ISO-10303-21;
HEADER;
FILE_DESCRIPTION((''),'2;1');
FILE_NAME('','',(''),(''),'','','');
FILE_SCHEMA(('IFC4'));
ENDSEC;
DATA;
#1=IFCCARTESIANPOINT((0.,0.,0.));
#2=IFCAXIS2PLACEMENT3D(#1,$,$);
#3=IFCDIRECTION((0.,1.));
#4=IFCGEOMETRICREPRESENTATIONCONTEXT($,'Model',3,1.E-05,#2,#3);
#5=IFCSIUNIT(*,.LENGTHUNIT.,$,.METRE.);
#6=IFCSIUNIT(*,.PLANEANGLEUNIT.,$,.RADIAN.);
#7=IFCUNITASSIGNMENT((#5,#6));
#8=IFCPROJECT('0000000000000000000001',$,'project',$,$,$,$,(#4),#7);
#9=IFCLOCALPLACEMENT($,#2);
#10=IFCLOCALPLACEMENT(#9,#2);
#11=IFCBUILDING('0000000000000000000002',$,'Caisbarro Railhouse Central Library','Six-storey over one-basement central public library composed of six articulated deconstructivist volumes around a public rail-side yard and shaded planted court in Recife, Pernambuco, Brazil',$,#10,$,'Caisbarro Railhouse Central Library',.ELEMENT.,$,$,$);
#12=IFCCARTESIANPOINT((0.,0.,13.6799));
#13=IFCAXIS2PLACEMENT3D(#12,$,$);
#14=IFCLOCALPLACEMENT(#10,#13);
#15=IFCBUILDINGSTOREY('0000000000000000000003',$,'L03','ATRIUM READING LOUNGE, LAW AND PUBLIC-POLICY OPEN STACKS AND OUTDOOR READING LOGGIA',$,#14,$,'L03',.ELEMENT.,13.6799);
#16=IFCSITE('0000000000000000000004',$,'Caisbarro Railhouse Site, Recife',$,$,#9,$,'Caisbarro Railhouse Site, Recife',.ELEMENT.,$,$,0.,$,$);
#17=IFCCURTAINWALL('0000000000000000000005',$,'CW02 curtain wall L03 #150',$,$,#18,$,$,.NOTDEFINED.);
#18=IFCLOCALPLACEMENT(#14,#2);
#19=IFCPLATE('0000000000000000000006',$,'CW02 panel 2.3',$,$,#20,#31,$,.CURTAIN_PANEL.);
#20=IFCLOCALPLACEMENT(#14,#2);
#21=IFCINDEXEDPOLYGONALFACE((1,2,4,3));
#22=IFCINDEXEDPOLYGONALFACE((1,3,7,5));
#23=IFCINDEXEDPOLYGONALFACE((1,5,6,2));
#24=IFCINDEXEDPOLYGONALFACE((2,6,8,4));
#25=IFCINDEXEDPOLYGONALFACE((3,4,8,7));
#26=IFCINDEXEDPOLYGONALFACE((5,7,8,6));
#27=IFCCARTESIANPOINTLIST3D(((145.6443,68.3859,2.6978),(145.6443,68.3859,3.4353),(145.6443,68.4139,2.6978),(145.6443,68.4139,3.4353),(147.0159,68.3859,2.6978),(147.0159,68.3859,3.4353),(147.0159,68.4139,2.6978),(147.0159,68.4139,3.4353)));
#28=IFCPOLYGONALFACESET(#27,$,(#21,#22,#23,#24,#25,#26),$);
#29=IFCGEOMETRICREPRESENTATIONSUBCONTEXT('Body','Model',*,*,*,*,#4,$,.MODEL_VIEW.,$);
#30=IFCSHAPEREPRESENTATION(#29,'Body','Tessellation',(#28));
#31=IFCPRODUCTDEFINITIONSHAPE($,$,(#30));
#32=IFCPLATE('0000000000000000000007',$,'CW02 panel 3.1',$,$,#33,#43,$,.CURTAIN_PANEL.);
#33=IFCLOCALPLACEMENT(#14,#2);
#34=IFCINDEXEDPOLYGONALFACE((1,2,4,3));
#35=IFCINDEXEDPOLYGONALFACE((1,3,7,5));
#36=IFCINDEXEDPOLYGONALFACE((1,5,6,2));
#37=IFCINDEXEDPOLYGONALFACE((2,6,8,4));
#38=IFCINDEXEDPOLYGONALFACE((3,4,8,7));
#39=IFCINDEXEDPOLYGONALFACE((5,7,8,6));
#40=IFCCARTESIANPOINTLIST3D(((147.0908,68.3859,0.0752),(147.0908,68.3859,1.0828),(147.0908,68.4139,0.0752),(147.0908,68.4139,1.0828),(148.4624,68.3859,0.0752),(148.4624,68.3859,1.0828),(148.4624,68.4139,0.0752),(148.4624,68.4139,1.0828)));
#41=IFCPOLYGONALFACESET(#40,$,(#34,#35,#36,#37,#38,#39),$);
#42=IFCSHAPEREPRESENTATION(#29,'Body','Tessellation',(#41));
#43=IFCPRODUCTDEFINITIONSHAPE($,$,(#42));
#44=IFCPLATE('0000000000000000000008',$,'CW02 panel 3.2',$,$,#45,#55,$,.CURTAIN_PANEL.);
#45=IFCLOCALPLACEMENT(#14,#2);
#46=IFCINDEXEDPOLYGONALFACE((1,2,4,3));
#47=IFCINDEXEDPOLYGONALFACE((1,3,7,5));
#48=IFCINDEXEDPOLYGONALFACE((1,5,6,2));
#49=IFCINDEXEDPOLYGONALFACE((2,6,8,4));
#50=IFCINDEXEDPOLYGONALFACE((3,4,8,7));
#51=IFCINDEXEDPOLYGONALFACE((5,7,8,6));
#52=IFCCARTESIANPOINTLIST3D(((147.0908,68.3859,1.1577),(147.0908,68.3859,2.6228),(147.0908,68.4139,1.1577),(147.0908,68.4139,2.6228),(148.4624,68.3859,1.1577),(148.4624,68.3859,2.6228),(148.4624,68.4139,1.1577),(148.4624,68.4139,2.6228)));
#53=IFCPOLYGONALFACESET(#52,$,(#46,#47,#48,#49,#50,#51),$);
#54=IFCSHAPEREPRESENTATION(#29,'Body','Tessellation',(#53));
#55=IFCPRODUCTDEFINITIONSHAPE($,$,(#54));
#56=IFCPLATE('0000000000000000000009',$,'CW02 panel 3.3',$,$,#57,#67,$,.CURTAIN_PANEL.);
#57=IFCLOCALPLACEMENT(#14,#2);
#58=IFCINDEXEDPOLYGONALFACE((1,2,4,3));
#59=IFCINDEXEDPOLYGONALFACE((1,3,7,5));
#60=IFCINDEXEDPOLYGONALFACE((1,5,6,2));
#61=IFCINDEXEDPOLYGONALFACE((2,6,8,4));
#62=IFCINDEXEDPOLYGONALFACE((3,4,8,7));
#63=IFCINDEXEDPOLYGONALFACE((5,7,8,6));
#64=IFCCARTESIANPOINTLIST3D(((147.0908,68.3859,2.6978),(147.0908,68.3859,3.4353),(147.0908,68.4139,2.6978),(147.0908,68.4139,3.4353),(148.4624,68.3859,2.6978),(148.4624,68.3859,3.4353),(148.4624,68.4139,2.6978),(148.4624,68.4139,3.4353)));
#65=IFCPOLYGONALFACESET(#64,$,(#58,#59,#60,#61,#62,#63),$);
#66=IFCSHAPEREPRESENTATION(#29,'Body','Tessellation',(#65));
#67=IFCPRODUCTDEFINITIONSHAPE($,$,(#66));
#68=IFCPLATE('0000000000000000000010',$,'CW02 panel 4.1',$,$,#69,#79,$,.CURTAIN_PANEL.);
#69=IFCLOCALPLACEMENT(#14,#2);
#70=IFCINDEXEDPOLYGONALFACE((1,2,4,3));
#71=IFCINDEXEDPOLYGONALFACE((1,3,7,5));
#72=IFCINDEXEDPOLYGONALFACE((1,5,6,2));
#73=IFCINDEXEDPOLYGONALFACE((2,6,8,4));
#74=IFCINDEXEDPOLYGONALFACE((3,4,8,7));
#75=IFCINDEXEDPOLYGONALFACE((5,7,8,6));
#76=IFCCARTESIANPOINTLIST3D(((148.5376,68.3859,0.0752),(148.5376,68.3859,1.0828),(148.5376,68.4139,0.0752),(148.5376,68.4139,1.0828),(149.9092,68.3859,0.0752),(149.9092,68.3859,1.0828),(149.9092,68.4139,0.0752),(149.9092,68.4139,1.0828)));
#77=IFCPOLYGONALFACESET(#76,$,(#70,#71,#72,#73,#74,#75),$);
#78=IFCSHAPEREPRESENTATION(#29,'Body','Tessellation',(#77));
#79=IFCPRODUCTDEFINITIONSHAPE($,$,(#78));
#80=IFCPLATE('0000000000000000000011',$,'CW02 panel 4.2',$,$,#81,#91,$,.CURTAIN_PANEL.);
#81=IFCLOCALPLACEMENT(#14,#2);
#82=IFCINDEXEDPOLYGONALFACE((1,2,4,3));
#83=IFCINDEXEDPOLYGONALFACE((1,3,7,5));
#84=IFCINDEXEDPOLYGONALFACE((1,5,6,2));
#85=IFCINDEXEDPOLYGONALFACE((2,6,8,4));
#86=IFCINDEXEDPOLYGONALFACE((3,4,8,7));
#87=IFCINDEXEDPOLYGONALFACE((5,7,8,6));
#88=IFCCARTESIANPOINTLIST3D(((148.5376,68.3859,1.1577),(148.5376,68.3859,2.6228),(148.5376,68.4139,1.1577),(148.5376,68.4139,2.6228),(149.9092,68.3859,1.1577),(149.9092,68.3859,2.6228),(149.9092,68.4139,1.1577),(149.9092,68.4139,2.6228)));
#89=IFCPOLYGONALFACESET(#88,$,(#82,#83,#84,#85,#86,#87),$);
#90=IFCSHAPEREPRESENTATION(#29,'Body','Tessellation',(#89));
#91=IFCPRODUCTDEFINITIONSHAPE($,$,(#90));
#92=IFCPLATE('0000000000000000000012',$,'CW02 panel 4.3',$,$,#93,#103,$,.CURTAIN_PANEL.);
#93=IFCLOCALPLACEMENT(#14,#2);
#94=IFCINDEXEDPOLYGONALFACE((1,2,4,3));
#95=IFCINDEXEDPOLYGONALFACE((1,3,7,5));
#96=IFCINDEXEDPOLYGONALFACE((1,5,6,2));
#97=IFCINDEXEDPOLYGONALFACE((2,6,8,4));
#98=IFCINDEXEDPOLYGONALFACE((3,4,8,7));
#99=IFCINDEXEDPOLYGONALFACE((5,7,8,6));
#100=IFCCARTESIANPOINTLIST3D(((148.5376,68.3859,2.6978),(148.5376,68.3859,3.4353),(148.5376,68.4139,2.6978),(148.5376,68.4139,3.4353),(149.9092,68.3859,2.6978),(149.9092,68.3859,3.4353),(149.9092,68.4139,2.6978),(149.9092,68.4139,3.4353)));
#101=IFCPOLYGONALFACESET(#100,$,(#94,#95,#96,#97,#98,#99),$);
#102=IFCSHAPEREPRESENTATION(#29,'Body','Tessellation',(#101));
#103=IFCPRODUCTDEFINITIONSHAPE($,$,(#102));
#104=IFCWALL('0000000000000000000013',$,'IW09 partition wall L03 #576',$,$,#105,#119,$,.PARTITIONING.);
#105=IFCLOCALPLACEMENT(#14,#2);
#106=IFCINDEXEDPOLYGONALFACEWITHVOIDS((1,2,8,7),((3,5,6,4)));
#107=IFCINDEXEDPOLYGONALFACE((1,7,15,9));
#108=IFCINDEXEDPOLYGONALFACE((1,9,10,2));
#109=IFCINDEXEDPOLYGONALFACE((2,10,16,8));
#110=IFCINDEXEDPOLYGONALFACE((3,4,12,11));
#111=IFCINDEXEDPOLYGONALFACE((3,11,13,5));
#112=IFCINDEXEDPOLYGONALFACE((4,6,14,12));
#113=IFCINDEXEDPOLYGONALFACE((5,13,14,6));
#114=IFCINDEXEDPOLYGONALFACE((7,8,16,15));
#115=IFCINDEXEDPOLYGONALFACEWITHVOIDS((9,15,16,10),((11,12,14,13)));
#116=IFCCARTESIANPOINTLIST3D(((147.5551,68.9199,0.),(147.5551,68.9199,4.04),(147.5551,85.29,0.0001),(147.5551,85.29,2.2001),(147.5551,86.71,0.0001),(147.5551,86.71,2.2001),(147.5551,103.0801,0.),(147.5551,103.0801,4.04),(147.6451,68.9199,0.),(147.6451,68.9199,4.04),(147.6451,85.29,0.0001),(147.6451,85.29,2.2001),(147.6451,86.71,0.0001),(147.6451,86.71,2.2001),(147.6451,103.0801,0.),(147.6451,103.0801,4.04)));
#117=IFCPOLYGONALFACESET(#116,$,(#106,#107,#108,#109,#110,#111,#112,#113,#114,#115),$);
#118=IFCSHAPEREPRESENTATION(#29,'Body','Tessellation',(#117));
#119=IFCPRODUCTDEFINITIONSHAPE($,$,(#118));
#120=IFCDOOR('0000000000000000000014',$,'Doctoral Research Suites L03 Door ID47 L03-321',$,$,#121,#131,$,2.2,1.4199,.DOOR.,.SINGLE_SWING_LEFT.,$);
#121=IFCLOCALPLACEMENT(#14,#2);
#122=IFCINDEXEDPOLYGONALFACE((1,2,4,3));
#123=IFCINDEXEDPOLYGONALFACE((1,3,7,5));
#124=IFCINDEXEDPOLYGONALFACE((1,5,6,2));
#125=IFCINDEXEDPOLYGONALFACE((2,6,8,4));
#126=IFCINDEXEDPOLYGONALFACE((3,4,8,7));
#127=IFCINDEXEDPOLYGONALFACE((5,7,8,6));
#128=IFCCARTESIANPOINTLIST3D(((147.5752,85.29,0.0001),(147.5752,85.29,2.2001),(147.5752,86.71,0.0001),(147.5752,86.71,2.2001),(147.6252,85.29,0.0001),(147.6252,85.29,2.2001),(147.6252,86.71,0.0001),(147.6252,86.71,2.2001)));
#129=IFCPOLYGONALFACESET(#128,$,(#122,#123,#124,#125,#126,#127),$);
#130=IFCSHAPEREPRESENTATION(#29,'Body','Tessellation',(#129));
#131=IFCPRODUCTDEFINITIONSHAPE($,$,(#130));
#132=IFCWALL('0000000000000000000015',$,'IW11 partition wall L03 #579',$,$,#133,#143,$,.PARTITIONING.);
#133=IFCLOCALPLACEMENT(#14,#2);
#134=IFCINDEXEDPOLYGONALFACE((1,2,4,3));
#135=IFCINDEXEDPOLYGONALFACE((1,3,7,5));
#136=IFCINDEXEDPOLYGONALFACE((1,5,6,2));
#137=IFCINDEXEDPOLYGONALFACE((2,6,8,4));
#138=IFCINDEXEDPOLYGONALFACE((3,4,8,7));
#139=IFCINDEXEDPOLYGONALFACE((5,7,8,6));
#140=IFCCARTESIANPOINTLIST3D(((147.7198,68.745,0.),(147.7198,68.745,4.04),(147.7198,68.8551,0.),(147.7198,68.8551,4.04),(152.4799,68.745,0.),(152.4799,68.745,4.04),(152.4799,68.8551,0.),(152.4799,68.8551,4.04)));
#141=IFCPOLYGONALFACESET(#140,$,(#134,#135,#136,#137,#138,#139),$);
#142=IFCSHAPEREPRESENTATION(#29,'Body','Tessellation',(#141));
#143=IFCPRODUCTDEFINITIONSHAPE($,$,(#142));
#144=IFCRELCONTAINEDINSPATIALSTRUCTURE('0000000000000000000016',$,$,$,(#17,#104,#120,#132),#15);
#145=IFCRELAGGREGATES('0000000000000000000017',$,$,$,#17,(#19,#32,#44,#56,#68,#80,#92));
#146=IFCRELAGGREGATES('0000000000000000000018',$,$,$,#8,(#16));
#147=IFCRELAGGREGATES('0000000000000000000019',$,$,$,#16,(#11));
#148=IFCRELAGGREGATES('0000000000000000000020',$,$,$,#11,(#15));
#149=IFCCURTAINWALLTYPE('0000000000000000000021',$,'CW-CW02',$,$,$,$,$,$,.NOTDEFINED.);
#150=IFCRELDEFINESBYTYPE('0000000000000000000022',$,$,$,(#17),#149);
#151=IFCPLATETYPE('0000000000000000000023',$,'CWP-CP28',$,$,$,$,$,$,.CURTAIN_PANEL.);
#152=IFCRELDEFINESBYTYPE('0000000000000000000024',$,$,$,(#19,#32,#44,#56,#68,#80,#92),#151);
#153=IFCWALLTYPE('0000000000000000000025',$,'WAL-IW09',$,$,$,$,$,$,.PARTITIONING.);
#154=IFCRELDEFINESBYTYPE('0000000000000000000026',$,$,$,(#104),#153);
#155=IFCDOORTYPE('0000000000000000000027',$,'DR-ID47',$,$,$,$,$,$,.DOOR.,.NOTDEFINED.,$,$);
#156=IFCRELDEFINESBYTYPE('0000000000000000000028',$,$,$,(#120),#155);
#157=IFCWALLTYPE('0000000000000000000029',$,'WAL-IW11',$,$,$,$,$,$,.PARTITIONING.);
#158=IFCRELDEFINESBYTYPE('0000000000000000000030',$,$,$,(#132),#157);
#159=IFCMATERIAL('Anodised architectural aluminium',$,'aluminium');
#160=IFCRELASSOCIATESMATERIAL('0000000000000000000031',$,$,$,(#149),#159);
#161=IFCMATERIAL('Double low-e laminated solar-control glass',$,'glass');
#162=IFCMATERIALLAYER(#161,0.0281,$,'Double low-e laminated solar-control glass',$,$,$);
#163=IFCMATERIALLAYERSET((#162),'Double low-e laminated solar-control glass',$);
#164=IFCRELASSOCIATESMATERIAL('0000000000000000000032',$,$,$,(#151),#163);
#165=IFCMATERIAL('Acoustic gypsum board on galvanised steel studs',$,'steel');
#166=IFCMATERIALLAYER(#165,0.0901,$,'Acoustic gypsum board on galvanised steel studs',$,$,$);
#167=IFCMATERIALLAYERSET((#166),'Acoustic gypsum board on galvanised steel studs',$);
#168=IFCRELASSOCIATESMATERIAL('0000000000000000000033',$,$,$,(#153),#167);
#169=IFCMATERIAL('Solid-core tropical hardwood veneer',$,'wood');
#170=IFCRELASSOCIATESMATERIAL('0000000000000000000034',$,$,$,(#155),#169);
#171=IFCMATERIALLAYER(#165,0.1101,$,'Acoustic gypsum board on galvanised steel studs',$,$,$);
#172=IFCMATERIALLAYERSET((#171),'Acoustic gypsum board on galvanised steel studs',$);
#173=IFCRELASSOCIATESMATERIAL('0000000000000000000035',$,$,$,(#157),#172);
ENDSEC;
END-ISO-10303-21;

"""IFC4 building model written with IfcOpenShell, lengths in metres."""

from ifc_helpers import new_model, si_unit, direction, frame, frame_2d, origin, origin_2d, place, context, subcontext, project, spatial, rectangle, extrude, material, layer, layer_set, type_object, element, fill, aggregate, save


model = new_model("IFC4")

# Units and contexts
model_context = context("Model", 3, precision=1e-05, world=origin(), true_north=direction((0.0, 1.0)))
body_context = subcontext(model_context, "Body", "Model", "MODEL_VIEW")
ifc_project = project(units=[si_unit("LENGTHUNIT", "METRE"), si_unit("PLANEANGLEUNIT", "RADIAN")], contexts=[model_context])

# Site, building, storey
site_placement = place(None, origin())
site = spatial("IfcSite", under=ifc_project, at=site_placement, Name="Caisbarro Railhouse Site, Recife", LongName="Caisbarro Railhouse Site, Recife", CompositionType="ELEMENT", RefElevation=0.0)
building_placement = place(site_placement, origin())
building = spatial("IfcBuilding", under=site, at=building_placement, Name="Caisbarro Railhouse Central Library", Description="Six-storey over one-basement central public library composed of six articulated deconstructivist volumes around a public rail-side yard and shaded planted court in Recife, Pernambuco, Brazil", LongName="Caisbarro Railhouse Central Library", CompositionType="ELEMENT")
storey_placement = place(building_placement, frame((0.0, 0.0, 13.6799)))
storey = spatial("IfcBuildingStorey", under=building, at=storey_placement, Name="L03", Description="ATRIUM READING LOUNGE, LAW AND PUBLIC-POLICY OPEN STACKS AND OUTDOOR READING LOGGIA", LongName="L03", CompositionType="ELEMENT", Elevation=13.6799)

# Curtain wall, plates
ifc_material_1 = material(Name="Anodised architectural aluminium", Category="aluminium")
curtain_wall_type = type_object("IfcCurtainWallType", Name="CW-CW02", PredefinedType="NOTDEFINED", material=ifc_material_1)
curtain_wall_placement = place(storey_placement, origin())
curtain_wall = element("IfcCurtainWall", 1, at=curtain_wall_placement, inside=storey, type_object=curtain_wall_type, Name="CW02 curtain wall L03 #150", PredefinedType="NOTDEFINED")
ifc_material_2 = material(Name="Double low-e laminated solar-control glass", Category="glass")
ifc_layer_1 = layer(ifc_material_2, 0.0281, Name="Double low-e laminated solar-control glass")
ifc_layer_set_1 = layer_set([ifc_layer_1], Name="Double low-e laminated solar-control glass")
plate_type = type_object("IfcPlateType", Name="CWP-CP28", PredefinedType="CURTAIN_PANEL", material=ifc_layer_set_1)
plate_1_placement = place(storey_placement, frame((146.3301, 68.3999, 2.6978), z_axis=(0.0, 0.0, 1.0), x_axis=(1.0, 0.0, 0.0)))
plate_1 = element("IfcPlate", 2, at=plate_1_placement, type_object=plate_type, Name="CW02 panel 2.3", PredefinedType="CURTAIN_PANEL", context=body_context, shape_type="SweptSolid", body=[
    extrude(rectangle(XDim=1.3716, YDim=0.0281, at=origin_2d()), origin(), (0.0, 0.0, 1.0), 0.7375),
])
plate_2_placement = place(storey_placement, frame((147.7766, 68.3999, 0.0752), z_axis=(0.0, 0.0, 1.0), x_axis=(1.0, 0.0, 0.0)))
plate_2 = element("IfcPlate", 3, at=plate_2_placement, type_object=plate_type, Name="CW02 panel 3.1", PredefinedType="CURTAIN_PANEL", context=body_context, shape_type="SweptSolid", body=[
    extrude(rectangle(XDim=1.3716, YDim=0.0281, at=origin_2d()), origin(), (0.0, 0.0, 1.0), 1.0076),
])
plate_3_placement = place(storey_placement, frame((147.7766, 68.3999, 1.1577), z_axis=(0.0, 0.0, 1.0), x_axis=(1.0, 0.0, 0.0)))
plate_3 = element("IfcPlate", 4, at=plate_3_placement, type_object=plate_type, Name="CW02 panel 3.2", PredefinedType="CURTAIN_PANEL", context=body_context, shape_type="SweptSolid", body=[
    extrude(rectangle(XDim=1.3716, YDim=0.0281, at=origin_2d()), origin(), (0.0, 0.0, 1.0), 1.4651),
])
plate_4_placement = place(storey_placement, frame((147.7766, 68.3999, 2.6978), z_axis=(0.0, 0.0, 1.0), x_axis=(1.0, 0.0, 0.0)))
plate_4 = element("IfcPlate", 5, at=plate_4_placement, type_object=plate_type, Name="CW02 panel 3.3", PredefinedType="CURTAIN_PANEL", context=body_context, shape_type="SweptSolid", body=[
    extrude(rectangle(XDim=1.3716, YDim=0.0281, at=origin_2d()), origin(), (0.0, 0.0, 1.0), 0.7375),
])
plate_5_placement = place(storey_placement, frame((149.2234, 68.3999, 0.0752), z_axis=(0.0, 0.0, 1.0), x_axis=(1.0, 0.0, 0.0)))
plate_5 = element("IfcPlate", 6, at=plate_5_placement, type_object=plate_type, Name="CW02 panel 4.1", PredefinedType="CURTAIN_PANEL", context=body_context, shape_type="SweptSolid", body=[
    extrude(rectangle(XDim=1.3716, YDim=0.0281, at=origin_2d()), origin(), (0.0, 0.0, 1.0), 1.0076),
])
plate_6_placement = place(storey_placement, frame((149.2234, 68.3999, 1.1577), z_axis=(0.0, 0.0, 1.0), x_axis=(1.0, 0.0, 0.0)))
plate_6 = element("IfcPlate", 7, at=plate_6_placement, type_object=plate_type, Name="CW02 panel 4.2", PredefinedType="CURTAIN_PANEL", context=body_context, shape_type="SweptSolid", body=[
    extrude(rectangle(XDim=1.3716, YDim=0.0281, at=origin_2d()), origin(), (0.0, 0.0, 1.0), 1.4651),
])
plate_7_placement = place(storey_placement, frame((149.2234, 68.3999, 2.6978), z_axis=(0.0, 0.0, 1.0), x_axis=(1.0, 0.0, 0.0)))
plate_7 = element("IfcPlate", 8, at=plate_7_placement, type_object=plate_type, Name="CW02 panel 4.3", PredefinedType="CURTAIN_PANEL", context=body_context, shape_type="SweptSolid", body=[
    extrude(rectangle(XDim=1.3716, YDim=0.0281, at=origin_2d()), origin(), (0.0, 0.0, 1.0), 0.7375),
])
aggregate(curtain_wall, [plate_1, plate_2, plate_3, plate_4, plate_5, plate_6, plate_7])

# Wall, opening, door
ifc_material_3 = material(Name="Acoustic gypsum board on galvanised steel studs", Category="steel")
ifc_layer_2 = layer(ifc_material_3, 0.0901, Name="Acoustic gypsum board on galvanised steel studs")
ifc_layer_set_2 = layer_set([ifc_layer_2], Name="Acoustic gypsum board on galvanised steel studs")
wall_type_1 = type_object("IfcWallType", Name="WAL-IW09", PredefinedType="PARTITIONING", material=ifc_layer_set_2)
wall_1_placement = place(storey_placement, frame((147.6001, 68.9199, 0.0), z_axis=(0.0, 0.0, 1.0), x_axis=(0.0, 1.0, 0.0)))
wall_1 = element("IfcWall", 9, at=wall_1_placement, inside=storey, type_object=wall_type_1, Name="IW09 partition wall L03 #576", PredefinedType="PARTITIONING", context=body_context, shape_type="SweptSolid", body=[
    extrude(rectangle(XDim=34.1602, YDim=0.0901, at=frame_2d((17.0801, 0.0))), origin(), (0.0, 0.0, 1.0), 4.04),
])
opening_placement = place(wall_1_placement, frame((16.3701, 0.0, 0.0)))
opening = element("IfcOpeningElement", 10, at=opening_placement, cuts=wall_1, PredefinedType="OPENING", context=body_context, shape_type="SweptSolid", body=[
    extrude(rectangle(XDim=1.4199, YDim=2.2, at=frame_2d((0.71, 1.1001))), frame((0.0, 0.0552, 0.0), z_axis=(0.0, -1.0, 0.0), x_axis=(1.0, 0.0, 0.0)), (0.0, 0.0, 1.0), 0.1101),
])
ifc_material_4 = material(Name="Solid-core tropical hardwood veneer", Category="wood")
door_type = type_object("IfcDoorType", Name="DR-ID47", OperationType="NOTDEFINED", PredefinedType="DOOR", material=ifc_material_4)
door_placement = place(opening_placement, origin())
door = element("IfcDoor", 11, at=door_placement, inside=storey, type_object=door_type, Name="Doctoral Research Suites L03 Door ID47 L03-321", OperationType="SINGLE_SWING_LEFT", OverallHeight=2.2, OverallWidth=1.4199, PredefinedType="DOOR", context=body_context, shape_type="SweptSolid", body=[
    extrude(rectangle(XDim=1.4199, YDim=2.2, at=frame_2d((0.71, 1.1001))), frame((0.0, 0.0249, 0.0), z_axis=(0.0, -1.0, 0.0), x_axis=(1.0, 0.0, 0.0)), (0.0, 0.0, 1.0), 0.05),
])
fill(opening, door)

# Wall
ifc_layer_3 = layer(ifc_material_3, 0.1101, Name="Acoustic gypsum board on galvanised steel studs")
ifc_layer_set_3 = layer_set([ifc_layer_3], Name="Acoustic gypsum board on galvanised steel studs")
wall_type_2 = type_object("IfcWallType", Name="WAL-IW11", PredefinedType="PARTITIONING", material=ifc_layer_set_3)
wall_2_placement = place(storey_placement, frame((147.72, 68.8, 0.0), z_axis=(0.0, 0.0, 1.0), x_axis=(1.0, 0.0, 0.0)))
element("IfcWall", 12, at=wall_2_placement, inside=storey, type_object=wall_type_2, Name="IW11 partition wall L03 #579", PredefinedType="PARTITIONING", context=body_context, shape_type="SweptSolid", body=[
    extrude(rectangle(XDim=4.76, YDim=0.1101, at=frame_2d((2.3799, 0.0))), origin(), (0.0, 0.0, 1.0), 4.04),
])

save(model, "model.ifc")
